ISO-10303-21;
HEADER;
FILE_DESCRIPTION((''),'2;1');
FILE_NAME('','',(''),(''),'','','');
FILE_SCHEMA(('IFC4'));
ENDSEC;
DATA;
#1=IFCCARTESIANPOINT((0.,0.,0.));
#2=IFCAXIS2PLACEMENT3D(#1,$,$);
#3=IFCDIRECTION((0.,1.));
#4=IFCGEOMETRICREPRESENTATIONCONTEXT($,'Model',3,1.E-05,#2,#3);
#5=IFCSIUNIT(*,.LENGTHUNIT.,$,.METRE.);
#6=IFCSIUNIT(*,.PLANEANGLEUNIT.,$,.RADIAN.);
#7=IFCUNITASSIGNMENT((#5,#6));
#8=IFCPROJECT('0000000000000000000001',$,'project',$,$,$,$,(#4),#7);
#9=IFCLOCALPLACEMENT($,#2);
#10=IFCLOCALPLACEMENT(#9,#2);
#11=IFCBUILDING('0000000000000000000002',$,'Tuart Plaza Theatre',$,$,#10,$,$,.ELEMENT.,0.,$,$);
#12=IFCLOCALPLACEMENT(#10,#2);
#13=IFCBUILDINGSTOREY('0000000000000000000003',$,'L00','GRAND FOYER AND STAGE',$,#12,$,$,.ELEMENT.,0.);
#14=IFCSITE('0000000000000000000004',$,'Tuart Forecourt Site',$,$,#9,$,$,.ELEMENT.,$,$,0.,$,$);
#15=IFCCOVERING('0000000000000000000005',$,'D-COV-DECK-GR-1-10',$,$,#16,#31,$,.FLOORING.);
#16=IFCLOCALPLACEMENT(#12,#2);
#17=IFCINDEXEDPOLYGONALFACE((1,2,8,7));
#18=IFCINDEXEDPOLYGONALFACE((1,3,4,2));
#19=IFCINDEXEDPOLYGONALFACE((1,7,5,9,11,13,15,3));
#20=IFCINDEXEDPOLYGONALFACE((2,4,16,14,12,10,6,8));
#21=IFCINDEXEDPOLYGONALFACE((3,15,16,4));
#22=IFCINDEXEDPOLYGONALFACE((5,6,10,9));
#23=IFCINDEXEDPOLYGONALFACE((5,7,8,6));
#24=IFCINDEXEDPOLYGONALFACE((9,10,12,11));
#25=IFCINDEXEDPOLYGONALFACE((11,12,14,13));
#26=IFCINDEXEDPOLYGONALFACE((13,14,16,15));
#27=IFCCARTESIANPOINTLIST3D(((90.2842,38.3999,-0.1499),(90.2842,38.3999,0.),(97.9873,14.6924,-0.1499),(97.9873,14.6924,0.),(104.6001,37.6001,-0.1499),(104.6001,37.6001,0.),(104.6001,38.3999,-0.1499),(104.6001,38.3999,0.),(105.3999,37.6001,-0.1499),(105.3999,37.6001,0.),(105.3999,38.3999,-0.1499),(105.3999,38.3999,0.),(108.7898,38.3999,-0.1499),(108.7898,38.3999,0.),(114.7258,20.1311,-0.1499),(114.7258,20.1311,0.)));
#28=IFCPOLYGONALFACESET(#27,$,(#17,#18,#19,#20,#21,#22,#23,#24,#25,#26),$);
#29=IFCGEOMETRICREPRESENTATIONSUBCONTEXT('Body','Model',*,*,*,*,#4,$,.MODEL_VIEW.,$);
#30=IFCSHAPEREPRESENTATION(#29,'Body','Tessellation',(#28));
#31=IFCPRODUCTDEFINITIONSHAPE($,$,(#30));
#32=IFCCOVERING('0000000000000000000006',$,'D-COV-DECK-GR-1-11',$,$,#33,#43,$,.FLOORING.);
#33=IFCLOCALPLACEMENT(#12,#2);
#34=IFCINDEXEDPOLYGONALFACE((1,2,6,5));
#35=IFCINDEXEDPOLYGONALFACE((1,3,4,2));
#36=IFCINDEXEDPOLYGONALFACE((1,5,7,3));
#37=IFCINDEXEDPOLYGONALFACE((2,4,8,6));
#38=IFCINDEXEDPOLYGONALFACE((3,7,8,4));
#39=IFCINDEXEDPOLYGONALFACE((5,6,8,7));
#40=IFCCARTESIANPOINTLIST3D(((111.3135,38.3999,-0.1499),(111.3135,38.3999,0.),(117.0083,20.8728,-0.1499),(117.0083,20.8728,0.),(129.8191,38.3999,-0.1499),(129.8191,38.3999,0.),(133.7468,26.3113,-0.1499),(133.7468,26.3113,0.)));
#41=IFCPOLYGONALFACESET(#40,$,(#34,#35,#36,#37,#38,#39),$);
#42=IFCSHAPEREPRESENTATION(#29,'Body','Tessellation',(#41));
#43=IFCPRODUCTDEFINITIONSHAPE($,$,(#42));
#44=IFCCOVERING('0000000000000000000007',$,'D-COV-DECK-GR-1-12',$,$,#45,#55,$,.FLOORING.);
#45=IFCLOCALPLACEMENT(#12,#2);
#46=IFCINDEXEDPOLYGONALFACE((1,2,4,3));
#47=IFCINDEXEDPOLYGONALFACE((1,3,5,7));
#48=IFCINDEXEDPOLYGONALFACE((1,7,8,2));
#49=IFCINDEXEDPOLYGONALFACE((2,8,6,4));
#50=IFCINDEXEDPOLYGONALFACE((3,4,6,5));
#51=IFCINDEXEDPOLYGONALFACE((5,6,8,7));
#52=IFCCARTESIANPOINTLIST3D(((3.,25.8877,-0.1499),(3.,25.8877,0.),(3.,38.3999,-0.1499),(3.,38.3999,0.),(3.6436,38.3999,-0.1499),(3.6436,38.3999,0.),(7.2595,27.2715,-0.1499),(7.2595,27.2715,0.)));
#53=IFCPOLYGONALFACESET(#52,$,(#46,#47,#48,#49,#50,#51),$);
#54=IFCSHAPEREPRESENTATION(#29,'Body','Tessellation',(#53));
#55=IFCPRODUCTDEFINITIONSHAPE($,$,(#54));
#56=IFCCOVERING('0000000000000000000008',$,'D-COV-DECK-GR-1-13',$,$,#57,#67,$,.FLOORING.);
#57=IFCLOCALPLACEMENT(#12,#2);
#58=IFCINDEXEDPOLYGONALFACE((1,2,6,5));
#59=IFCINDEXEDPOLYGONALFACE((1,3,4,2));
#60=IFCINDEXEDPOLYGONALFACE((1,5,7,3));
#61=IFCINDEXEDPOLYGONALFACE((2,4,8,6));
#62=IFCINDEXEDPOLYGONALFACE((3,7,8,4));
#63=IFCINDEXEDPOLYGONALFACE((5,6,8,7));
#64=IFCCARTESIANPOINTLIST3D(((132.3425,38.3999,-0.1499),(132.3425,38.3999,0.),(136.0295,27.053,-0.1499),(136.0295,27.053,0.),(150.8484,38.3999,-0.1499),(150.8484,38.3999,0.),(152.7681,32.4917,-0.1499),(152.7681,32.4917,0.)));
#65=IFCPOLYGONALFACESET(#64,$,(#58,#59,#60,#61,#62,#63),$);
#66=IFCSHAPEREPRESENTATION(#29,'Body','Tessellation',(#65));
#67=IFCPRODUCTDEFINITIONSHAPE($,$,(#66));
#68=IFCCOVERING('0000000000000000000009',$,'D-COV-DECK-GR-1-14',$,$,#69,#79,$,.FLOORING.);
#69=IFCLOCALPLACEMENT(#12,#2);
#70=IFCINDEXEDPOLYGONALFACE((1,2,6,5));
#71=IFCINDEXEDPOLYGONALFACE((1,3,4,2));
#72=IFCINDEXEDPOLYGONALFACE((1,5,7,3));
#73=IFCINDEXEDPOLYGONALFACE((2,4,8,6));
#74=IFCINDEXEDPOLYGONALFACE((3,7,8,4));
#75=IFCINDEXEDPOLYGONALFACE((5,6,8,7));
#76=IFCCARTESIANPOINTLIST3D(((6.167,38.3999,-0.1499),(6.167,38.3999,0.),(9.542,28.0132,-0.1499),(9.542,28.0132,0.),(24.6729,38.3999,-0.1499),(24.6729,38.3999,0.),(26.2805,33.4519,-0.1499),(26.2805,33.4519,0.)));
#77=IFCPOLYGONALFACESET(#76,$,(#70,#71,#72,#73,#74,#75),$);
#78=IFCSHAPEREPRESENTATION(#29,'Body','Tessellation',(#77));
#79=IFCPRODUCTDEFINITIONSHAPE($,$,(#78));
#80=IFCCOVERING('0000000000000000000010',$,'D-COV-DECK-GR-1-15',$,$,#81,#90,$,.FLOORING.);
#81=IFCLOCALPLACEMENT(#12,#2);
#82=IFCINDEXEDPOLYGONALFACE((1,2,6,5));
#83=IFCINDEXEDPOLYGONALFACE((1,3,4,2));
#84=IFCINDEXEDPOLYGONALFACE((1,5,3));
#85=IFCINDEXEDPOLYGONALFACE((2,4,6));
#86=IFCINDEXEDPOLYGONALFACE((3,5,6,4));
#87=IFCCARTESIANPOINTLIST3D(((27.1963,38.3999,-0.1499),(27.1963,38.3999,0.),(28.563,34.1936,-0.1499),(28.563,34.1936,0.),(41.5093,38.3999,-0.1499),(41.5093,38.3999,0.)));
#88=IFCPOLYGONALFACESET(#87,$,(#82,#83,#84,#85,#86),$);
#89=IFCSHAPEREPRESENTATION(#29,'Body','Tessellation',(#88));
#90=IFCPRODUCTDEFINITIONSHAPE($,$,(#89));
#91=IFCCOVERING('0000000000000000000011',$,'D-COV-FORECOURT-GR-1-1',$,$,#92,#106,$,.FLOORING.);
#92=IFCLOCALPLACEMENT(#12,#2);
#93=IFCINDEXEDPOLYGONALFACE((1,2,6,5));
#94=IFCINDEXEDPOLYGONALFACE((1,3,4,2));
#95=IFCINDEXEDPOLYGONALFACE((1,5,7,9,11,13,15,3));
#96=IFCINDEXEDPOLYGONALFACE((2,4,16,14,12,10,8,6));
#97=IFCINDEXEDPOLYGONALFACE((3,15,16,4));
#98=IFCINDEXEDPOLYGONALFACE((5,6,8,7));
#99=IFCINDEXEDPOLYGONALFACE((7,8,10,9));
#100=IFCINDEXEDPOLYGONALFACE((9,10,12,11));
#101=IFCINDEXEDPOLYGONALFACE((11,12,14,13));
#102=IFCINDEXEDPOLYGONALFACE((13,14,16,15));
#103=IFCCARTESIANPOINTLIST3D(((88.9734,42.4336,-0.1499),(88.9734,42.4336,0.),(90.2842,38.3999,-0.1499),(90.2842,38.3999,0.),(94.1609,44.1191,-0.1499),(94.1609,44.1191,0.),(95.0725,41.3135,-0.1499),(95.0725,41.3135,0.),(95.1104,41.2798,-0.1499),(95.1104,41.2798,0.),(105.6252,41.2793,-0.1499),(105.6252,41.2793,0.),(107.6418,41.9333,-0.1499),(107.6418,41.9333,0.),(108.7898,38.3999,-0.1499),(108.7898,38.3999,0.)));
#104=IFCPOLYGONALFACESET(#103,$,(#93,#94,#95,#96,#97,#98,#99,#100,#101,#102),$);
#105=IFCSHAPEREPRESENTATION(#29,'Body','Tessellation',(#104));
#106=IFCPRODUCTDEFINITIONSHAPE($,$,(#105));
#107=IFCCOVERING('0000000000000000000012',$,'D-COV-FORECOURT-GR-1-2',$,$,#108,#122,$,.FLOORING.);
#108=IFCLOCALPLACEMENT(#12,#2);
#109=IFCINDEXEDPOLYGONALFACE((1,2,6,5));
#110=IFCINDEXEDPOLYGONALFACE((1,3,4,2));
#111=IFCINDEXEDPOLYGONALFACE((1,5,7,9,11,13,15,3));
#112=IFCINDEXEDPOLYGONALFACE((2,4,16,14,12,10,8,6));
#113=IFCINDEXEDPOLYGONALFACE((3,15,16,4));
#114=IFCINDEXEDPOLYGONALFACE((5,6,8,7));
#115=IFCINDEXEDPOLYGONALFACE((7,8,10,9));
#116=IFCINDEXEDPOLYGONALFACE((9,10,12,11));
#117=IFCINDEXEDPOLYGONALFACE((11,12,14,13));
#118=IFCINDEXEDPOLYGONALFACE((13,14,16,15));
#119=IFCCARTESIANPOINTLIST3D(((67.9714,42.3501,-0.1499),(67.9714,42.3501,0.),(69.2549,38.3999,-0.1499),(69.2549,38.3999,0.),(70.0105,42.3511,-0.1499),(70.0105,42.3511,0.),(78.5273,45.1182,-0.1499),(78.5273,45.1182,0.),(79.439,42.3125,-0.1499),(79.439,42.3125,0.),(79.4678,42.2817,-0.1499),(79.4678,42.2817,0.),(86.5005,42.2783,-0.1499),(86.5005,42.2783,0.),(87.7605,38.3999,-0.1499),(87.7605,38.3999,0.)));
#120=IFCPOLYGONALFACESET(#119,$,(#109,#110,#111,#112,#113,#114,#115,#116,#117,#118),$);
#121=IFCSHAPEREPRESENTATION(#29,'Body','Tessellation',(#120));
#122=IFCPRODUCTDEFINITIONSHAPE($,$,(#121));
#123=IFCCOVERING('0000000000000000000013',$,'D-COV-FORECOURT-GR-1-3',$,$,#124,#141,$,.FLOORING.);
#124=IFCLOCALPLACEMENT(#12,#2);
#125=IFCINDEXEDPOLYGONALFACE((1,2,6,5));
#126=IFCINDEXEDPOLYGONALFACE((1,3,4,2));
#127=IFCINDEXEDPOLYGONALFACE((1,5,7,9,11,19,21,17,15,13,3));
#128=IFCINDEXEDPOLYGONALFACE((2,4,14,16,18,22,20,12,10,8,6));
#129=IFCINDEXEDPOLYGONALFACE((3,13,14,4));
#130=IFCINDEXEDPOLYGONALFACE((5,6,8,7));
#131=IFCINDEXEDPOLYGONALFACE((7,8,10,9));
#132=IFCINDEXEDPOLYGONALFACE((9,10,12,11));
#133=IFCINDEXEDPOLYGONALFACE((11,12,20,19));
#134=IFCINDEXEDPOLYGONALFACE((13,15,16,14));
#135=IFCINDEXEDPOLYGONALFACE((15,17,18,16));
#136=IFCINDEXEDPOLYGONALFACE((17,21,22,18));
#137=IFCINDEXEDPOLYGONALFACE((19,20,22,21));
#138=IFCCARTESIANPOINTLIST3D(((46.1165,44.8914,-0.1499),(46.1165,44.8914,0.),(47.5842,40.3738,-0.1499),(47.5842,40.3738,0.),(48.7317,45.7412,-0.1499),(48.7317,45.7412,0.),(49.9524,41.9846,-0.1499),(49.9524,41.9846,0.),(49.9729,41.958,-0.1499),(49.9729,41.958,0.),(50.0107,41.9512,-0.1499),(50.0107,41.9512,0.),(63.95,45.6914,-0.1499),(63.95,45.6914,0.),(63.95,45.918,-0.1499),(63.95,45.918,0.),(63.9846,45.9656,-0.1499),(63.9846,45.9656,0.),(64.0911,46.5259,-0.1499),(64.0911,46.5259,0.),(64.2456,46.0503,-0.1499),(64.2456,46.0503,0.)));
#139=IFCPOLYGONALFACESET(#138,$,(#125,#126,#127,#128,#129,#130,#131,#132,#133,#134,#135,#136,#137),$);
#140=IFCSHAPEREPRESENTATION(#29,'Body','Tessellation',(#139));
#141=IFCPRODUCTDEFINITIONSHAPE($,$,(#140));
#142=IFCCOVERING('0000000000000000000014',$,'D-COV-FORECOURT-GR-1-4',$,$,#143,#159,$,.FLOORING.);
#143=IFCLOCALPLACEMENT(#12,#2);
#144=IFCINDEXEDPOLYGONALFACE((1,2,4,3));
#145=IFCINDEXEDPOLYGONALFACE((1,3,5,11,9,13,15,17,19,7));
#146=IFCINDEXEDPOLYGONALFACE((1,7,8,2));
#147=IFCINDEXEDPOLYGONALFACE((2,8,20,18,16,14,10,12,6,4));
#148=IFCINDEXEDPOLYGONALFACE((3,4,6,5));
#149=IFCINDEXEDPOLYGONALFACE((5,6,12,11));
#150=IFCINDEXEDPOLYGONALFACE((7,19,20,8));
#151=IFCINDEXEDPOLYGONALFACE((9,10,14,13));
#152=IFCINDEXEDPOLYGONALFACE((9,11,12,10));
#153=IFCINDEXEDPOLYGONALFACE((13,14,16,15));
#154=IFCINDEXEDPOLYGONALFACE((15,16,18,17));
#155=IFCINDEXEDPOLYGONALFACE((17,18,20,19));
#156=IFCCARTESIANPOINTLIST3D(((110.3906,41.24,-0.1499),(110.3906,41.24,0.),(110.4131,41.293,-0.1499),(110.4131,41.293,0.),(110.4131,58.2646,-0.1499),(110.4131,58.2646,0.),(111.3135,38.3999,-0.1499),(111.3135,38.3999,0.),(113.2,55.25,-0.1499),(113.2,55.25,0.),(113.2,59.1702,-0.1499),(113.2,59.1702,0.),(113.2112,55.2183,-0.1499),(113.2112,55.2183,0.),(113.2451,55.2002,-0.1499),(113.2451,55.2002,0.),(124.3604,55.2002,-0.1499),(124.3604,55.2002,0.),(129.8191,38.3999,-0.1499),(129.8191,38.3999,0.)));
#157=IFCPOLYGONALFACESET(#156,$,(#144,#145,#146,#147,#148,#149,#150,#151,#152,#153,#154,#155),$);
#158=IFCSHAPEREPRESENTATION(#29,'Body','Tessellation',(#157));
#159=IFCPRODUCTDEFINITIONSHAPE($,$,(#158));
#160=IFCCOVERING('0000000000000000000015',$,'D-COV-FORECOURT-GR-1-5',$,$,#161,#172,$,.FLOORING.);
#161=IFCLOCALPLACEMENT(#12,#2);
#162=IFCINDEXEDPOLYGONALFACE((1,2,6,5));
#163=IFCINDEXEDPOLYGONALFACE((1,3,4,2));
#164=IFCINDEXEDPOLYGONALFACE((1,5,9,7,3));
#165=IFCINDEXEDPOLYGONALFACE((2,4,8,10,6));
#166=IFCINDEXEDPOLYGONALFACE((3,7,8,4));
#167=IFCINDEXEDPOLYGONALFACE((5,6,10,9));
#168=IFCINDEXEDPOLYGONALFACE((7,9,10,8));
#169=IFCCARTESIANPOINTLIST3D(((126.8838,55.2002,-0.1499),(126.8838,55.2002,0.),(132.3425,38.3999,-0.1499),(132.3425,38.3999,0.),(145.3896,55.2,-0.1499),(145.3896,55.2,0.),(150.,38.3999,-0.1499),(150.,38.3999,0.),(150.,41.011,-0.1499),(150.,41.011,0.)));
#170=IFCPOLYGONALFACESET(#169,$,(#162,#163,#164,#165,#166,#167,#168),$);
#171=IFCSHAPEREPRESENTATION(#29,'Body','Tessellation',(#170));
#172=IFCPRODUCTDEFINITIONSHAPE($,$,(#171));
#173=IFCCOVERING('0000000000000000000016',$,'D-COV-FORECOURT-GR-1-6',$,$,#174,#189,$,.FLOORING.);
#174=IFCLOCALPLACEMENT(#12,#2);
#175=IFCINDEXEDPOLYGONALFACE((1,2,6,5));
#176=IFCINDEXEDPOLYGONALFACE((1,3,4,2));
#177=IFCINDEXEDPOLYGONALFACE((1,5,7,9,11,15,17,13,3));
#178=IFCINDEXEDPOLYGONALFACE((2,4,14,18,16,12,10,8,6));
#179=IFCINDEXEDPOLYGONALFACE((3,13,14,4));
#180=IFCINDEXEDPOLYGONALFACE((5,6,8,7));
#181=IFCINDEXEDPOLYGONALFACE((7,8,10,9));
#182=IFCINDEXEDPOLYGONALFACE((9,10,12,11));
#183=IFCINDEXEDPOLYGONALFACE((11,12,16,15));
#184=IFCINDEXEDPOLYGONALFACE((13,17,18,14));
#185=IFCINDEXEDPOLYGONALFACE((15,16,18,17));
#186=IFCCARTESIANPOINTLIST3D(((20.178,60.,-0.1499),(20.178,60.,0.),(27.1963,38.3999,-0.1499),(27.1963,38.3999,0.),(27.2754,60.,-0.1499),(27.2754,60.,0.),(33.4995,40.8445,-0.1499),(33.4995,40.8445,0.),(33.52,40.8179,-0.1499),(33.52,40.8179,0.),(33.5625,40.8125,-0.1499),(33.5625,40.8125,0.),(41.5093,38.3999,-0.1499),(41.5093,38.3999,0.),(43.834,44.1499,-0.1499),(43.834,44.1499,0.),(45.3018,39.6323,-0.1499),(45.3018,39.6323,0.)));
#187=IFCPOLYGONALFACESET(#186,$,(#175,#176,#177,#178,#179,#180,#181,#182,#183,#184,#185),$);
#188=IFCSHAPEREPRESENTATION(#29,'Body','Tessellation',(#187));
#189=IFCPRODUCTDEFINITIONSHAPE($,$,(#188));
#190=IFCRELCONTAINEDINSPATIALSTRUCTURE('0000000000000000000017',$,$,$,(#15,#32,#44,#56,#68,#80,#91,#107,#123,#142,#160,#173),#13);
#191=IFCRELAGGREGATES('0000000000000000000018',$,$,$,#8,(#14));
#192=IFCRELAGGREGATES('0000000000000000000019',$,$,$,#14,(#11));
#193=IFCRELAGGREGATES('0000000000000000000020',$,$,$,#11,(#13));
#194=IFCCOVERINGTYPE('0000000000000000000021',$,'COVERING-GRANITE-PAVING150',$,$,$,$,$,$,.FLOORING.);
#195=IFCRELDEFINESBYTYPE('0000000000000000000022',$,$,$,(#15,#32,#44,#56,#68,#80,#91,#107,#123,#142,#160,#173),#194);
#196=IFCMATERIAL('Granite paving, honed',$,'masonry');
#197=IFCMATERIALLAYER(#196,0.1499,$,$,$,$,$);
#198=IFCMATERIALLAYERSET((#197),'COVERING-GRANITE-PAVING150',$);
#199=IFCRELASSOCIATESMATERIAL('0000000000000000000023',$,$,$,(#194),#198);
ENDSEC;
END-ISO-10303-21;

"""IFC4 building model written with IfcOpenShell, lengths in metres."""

from ifc_helpers import new_model, si_unit, direction, frame, origin, place, context, subcontext, project, spatial, polyline, outline, extrude, material, layer, layer_set, type_object, element, save


model = new_model("IFC4")

# Units and contexts
model_context = context("Model", 3, precision=1e-05, world=origin(), true_north=direction((0.0, 1.0)))
body_context = subcontext(model_context, "Body", "Model", "MODEL_VIEW")
ifc_project = project(units=[si_unit("LENGTHUNIT", "METRE"), si_unit("PLANEANGLEUNIT", "RADIAN")], contexts=[model_context])

# Site, building, storey
site_placement = place(None, origin())
site = spatial("IfcSite", under=ifc_project, at=site_placement, Name="Tuart Forecourt Site", CompositionType="ELEMENT", RefElevation=0.0)
building_placement = place(site_placement, origin())
building = spatial("IfcBuilding", under=site, at=building_placement, Name="Tuart Plaza Theatre", CompositionType="ELEMENT", ElevationOfRefHeight=0.0)
storey_placement = place(building_placement, origin())
storey = spatial("IfcBuildingStorey", under=building, at=storey_placement, Name="L00", Description="GRAND FOYER AND STAGE", CompositionType="ELEMENT", Elevation=0.0)

# Coverings
ifc_material_1 = material(Name="Granite paving, honed", Category="masonry")
ifc_layer_1 = layer(ifc_material_1, 0.1499)
ifc_layer_set_1 = layer_set([ifc_layer_1], Name="COVERING-GRANITE-PAVING150")
covering_type_1 = type_object("IfcCoveringType", Name="COVERING-GRANITE-PAVING150", PredefinedType="FLOORING", material=ifc_layer_set_1)
covering_1_placement = place(storey_placement, frame((0.0, 0.0, -0.1499)))
element("IfcCovering", 1, at=covering_1_placement, inside=storey, type_object=covering_type_1, Name="D-COV-DECK-GR-1-10", PredefinedType="FLOORING", context=body_context, shape_type="SweptSolid", body=[
    extrude(outline(polyline([(90.2842, 38.3999), (97.9873, 14.6924), (114.7258, 20.1311), (108.7898, 38.3999), (105.3999, 38.3999), (105.3999, 37.6001), (104.6001, 37.6001), (104.6001, 38.3999), (90.2842, 38.3999)])), origin(), (0.0, 0.0, 1.0), 0.1499),
])
covering_2_placement = place(storey_placement, frame((0.0, 0.0, -0.1499)))
element("IfcCovering", 2, at=covering_2_placement, inside=storey, type_object=covering_type_1, Name="D-COV-DECK-GR-1-11", PredefinedType="FLOORING", context=body_context, shape_type="SweptSolid", body=[
    extrude(outline(polyline([(111.3135, 38.3999), (117.0083, 20.8728), (133.7468, 26.3113), (129.8191, 38.3999), (111.3135, 38.3999)])), origin(), (0.0, 0.0, 1.0), 0.1499),
])
covering_3_placement = place(storey_placement, frame((0.0, 0.0, -0.1499)))
element("IfcCovering", 3, at=covering_3_placement, inside=storey, type_object=covering_type_1, Name="D-COV-DECK-GR-1-12", PredefinedType="FLOORING", context=body_context, shape_type="SweptSolid", body=[
    extrude(outline(polyline([(3.0, 25.8877), (7.2595, 27.2715), (3.6436, 38.3999), (3.0, 38.3999), (3.0, 25.8877)])), origin(), (0.0, 0.0, 1.0), 0.1499),
])
covering_4_placement = place(storey_placement, frame((0.0, 0.0, -0.1499)))
element("IfcCovering", 4, at=covering_4_placement, inside=storey, type_object=covering_type_1, Name="D-COV-DECK-GR-1-13", PredefinedType="FLOORING", context=body_context, shape_type="SweptSolid", body=[
    extrude(outline(polyline([(132.3425, 38.3999), (136.0295, 27.053), (152.7681, 32.4917), (150.8484, 38.3999), (132.3425, 38.3999)])), origin(), (0.0, 0.0, 1.0), 0.1499),
])
covering_5_placement = place(storey_placement, frame((0.0, 0.0, -0.1499)))
element("IfcCovering", 5, at=covering_5_placement, inside=storey, type_object=covering_type_1, Name="D-COV-DECK-GR-1-14", PredefinedType="FLOORING", context=body_context, shape_type="SweptSolid", body=[
    extrude(outline(polyline([(6.167, 38.3999), (9.542, 28.0132), (26.2805, 33.4519), (24.6729, 38.3999), (6.167, 38.3999)])), origin(), (0.0, 0.0, 1.0), 0.1499),
])
covering_6_placement = place(storey_placement, frame((0.0, 0.0, -0.1499)))
element("IfcCovering", 6, at=covering_6_placement, inside=storey, type_object=covering_type_1, Name="D-COV-DECK-GR-1-15", PredefinedType="FLOORING", context=body_context, shape_type="SweptSolid", body=[
    extrude(outline(polyline([(27.1963, 38.3999), (28.563, 34.1936), (41.5093, 38.3999), (27.1963, 38.3999)])), origin(), (0.0, 0.0, 1.0), 0.1499),
])
covering_7_placement = place(storey_placement, frame((0.0, 0.0, -0.1499)))
element("IfcCovering", 7, at=covering_7_placement, inside=storey, type_object=covering_type_1, Name="D-COV-FORECOURT-GR-1-1", PredefinedType="FLOORING", context=body_context, shape_type="SweptSolid", body=[
    extrude(outline(polyline([(88.9734, 42.4336), (90.2842, 38.3999), (108.7898, 38.3999), (107.6418, 41.9333), (105.6252, 41.2793), (95.1104, 41.2798), (95.0725, 41.3135), (94.1609, 44.1191), (88.9734, 42.4336)])), origin(), (0.0, 0.0, 1.0), 0.1499),
])
covering_8_placement = place(storey_placement, frame((0.0, 0.0, -0.1499)))
element("IfcCovering", 8, at=covering_8_placement, inside=storey, type_object=covering_type_1, Name="D-COV-FORECOURT-GR-1-2", PredefinedType="FLOORING", context=body_context, shape_type="SweptSolid", body=[
    extrude(outline(polyline([(69.2549, 38.3999), (87.7605, 38.3999), (86.5005, 42.2783), (79.4678, 42.2817), (79.439, 42.3125), (78.5273, 45.1182), (70.0105, 42.3511), (67.9714, 42.3501), (69.2549, 38.3999)])), origin(), (0.0, 0.0, 1.0), 0.1499),
])
covering_9_placement = place(storey_placement, frame((0.0, 0.0, -0.1499)))
element("IfcCovering", 9, at=covering_9_placement, inside=storey, type_object=covering_type_1, Name="D-COV-FORECOURT-GR-1-3", PredefinedType="FLOORING", context=body_context, shape_type="SweptSolid", body=[
    extrude(outline(polyline([(64.2456, 46.0503), (64.0911, 46.5259), (50.0107, 41.9512), (49.9729, 41.958), (49.9524, 41.9846), (48.7317, 45.7412), (46.1165, 44.8914), (47.5842, 40.3738), (63.95, 45.6914), (63.95, 45.918), (63.9846, 45.9656), (64.2456, 46.0503)])), origin(), (0.0, 0.0, 1.0), 0.1499),
])
covering_10_placement = place(storey_placement, frame((0.0, 0.0, -0.1499)))
element("IfcCovering", 10, at=covering_10_placement, inside=storey, type_object=covering_type_1, Name="D-COV-FORECOURT-GR-1-4", PredefinedType="FLOORING", context=body_context, shape_type="SweptSolid", body=[
    extrude(outline(polyline([(111.3135, 38.3999), (129.8191, 38.3999), (124.3604, 55.2002), (113.2451, 55.2002), (113.2112, 55.2183), (113.2, 55.25), (113.2, 59.1702), (110.4131, 58.2646), (110.4131, 41.293), (110.3906, 41.24), (111.3135, 38.3999)])), origin(), (0.0, 0.0, 1.0), 0.1499),
])
covering_11_placement = place(storey_placement, frame((0.0, 0.0, -0.1499)))
element("IfcCovering", 11, at=covering_11_placement, inside=storey, type_object=covering_type_1, Name="D-COV-FORECOURT-GR-1-5", PredefinedType="FLOORING", context=body_context, shape_type="SweptSolid", body=[
    extrude(outline(polyline([(126.8838, 55.2002), (132.3425, 38.3999), (150.0, 38.3999), (150.0, 41.011), (145.3896, 55.2), (126.8838, 55.2002)])), origin(), (0.0, 0.0, 1.0), 0.1499),
])
covering_12_placement = place(storey_placement, frame((0.0, 0.0, -0.1499)))
element("IfcCovering", 12, at=covering_12_placement, inside=storey, type_object=covering_type_1, Name="D-COV-FORECOURT-GR-1-6", PredefinedType="FLOORING", context=body_context, shape_type="SweptSolid", body=[
    extrude(outline(polyline([(41.5093, 38.3999), (45.3018, 39.6323), (43.834, 44.1499), (33.5625, 40.8125), (33.52, 40.8179), (33.4995, 40.8445), (27.2754, 60.0), (20.178, 60.0), (27.1963, 38.3999), (41.5093, 38.3999)])), origin(), (0.0, 0.0, 1.0), 0.1499),
])

save(model, "model.ifc")
